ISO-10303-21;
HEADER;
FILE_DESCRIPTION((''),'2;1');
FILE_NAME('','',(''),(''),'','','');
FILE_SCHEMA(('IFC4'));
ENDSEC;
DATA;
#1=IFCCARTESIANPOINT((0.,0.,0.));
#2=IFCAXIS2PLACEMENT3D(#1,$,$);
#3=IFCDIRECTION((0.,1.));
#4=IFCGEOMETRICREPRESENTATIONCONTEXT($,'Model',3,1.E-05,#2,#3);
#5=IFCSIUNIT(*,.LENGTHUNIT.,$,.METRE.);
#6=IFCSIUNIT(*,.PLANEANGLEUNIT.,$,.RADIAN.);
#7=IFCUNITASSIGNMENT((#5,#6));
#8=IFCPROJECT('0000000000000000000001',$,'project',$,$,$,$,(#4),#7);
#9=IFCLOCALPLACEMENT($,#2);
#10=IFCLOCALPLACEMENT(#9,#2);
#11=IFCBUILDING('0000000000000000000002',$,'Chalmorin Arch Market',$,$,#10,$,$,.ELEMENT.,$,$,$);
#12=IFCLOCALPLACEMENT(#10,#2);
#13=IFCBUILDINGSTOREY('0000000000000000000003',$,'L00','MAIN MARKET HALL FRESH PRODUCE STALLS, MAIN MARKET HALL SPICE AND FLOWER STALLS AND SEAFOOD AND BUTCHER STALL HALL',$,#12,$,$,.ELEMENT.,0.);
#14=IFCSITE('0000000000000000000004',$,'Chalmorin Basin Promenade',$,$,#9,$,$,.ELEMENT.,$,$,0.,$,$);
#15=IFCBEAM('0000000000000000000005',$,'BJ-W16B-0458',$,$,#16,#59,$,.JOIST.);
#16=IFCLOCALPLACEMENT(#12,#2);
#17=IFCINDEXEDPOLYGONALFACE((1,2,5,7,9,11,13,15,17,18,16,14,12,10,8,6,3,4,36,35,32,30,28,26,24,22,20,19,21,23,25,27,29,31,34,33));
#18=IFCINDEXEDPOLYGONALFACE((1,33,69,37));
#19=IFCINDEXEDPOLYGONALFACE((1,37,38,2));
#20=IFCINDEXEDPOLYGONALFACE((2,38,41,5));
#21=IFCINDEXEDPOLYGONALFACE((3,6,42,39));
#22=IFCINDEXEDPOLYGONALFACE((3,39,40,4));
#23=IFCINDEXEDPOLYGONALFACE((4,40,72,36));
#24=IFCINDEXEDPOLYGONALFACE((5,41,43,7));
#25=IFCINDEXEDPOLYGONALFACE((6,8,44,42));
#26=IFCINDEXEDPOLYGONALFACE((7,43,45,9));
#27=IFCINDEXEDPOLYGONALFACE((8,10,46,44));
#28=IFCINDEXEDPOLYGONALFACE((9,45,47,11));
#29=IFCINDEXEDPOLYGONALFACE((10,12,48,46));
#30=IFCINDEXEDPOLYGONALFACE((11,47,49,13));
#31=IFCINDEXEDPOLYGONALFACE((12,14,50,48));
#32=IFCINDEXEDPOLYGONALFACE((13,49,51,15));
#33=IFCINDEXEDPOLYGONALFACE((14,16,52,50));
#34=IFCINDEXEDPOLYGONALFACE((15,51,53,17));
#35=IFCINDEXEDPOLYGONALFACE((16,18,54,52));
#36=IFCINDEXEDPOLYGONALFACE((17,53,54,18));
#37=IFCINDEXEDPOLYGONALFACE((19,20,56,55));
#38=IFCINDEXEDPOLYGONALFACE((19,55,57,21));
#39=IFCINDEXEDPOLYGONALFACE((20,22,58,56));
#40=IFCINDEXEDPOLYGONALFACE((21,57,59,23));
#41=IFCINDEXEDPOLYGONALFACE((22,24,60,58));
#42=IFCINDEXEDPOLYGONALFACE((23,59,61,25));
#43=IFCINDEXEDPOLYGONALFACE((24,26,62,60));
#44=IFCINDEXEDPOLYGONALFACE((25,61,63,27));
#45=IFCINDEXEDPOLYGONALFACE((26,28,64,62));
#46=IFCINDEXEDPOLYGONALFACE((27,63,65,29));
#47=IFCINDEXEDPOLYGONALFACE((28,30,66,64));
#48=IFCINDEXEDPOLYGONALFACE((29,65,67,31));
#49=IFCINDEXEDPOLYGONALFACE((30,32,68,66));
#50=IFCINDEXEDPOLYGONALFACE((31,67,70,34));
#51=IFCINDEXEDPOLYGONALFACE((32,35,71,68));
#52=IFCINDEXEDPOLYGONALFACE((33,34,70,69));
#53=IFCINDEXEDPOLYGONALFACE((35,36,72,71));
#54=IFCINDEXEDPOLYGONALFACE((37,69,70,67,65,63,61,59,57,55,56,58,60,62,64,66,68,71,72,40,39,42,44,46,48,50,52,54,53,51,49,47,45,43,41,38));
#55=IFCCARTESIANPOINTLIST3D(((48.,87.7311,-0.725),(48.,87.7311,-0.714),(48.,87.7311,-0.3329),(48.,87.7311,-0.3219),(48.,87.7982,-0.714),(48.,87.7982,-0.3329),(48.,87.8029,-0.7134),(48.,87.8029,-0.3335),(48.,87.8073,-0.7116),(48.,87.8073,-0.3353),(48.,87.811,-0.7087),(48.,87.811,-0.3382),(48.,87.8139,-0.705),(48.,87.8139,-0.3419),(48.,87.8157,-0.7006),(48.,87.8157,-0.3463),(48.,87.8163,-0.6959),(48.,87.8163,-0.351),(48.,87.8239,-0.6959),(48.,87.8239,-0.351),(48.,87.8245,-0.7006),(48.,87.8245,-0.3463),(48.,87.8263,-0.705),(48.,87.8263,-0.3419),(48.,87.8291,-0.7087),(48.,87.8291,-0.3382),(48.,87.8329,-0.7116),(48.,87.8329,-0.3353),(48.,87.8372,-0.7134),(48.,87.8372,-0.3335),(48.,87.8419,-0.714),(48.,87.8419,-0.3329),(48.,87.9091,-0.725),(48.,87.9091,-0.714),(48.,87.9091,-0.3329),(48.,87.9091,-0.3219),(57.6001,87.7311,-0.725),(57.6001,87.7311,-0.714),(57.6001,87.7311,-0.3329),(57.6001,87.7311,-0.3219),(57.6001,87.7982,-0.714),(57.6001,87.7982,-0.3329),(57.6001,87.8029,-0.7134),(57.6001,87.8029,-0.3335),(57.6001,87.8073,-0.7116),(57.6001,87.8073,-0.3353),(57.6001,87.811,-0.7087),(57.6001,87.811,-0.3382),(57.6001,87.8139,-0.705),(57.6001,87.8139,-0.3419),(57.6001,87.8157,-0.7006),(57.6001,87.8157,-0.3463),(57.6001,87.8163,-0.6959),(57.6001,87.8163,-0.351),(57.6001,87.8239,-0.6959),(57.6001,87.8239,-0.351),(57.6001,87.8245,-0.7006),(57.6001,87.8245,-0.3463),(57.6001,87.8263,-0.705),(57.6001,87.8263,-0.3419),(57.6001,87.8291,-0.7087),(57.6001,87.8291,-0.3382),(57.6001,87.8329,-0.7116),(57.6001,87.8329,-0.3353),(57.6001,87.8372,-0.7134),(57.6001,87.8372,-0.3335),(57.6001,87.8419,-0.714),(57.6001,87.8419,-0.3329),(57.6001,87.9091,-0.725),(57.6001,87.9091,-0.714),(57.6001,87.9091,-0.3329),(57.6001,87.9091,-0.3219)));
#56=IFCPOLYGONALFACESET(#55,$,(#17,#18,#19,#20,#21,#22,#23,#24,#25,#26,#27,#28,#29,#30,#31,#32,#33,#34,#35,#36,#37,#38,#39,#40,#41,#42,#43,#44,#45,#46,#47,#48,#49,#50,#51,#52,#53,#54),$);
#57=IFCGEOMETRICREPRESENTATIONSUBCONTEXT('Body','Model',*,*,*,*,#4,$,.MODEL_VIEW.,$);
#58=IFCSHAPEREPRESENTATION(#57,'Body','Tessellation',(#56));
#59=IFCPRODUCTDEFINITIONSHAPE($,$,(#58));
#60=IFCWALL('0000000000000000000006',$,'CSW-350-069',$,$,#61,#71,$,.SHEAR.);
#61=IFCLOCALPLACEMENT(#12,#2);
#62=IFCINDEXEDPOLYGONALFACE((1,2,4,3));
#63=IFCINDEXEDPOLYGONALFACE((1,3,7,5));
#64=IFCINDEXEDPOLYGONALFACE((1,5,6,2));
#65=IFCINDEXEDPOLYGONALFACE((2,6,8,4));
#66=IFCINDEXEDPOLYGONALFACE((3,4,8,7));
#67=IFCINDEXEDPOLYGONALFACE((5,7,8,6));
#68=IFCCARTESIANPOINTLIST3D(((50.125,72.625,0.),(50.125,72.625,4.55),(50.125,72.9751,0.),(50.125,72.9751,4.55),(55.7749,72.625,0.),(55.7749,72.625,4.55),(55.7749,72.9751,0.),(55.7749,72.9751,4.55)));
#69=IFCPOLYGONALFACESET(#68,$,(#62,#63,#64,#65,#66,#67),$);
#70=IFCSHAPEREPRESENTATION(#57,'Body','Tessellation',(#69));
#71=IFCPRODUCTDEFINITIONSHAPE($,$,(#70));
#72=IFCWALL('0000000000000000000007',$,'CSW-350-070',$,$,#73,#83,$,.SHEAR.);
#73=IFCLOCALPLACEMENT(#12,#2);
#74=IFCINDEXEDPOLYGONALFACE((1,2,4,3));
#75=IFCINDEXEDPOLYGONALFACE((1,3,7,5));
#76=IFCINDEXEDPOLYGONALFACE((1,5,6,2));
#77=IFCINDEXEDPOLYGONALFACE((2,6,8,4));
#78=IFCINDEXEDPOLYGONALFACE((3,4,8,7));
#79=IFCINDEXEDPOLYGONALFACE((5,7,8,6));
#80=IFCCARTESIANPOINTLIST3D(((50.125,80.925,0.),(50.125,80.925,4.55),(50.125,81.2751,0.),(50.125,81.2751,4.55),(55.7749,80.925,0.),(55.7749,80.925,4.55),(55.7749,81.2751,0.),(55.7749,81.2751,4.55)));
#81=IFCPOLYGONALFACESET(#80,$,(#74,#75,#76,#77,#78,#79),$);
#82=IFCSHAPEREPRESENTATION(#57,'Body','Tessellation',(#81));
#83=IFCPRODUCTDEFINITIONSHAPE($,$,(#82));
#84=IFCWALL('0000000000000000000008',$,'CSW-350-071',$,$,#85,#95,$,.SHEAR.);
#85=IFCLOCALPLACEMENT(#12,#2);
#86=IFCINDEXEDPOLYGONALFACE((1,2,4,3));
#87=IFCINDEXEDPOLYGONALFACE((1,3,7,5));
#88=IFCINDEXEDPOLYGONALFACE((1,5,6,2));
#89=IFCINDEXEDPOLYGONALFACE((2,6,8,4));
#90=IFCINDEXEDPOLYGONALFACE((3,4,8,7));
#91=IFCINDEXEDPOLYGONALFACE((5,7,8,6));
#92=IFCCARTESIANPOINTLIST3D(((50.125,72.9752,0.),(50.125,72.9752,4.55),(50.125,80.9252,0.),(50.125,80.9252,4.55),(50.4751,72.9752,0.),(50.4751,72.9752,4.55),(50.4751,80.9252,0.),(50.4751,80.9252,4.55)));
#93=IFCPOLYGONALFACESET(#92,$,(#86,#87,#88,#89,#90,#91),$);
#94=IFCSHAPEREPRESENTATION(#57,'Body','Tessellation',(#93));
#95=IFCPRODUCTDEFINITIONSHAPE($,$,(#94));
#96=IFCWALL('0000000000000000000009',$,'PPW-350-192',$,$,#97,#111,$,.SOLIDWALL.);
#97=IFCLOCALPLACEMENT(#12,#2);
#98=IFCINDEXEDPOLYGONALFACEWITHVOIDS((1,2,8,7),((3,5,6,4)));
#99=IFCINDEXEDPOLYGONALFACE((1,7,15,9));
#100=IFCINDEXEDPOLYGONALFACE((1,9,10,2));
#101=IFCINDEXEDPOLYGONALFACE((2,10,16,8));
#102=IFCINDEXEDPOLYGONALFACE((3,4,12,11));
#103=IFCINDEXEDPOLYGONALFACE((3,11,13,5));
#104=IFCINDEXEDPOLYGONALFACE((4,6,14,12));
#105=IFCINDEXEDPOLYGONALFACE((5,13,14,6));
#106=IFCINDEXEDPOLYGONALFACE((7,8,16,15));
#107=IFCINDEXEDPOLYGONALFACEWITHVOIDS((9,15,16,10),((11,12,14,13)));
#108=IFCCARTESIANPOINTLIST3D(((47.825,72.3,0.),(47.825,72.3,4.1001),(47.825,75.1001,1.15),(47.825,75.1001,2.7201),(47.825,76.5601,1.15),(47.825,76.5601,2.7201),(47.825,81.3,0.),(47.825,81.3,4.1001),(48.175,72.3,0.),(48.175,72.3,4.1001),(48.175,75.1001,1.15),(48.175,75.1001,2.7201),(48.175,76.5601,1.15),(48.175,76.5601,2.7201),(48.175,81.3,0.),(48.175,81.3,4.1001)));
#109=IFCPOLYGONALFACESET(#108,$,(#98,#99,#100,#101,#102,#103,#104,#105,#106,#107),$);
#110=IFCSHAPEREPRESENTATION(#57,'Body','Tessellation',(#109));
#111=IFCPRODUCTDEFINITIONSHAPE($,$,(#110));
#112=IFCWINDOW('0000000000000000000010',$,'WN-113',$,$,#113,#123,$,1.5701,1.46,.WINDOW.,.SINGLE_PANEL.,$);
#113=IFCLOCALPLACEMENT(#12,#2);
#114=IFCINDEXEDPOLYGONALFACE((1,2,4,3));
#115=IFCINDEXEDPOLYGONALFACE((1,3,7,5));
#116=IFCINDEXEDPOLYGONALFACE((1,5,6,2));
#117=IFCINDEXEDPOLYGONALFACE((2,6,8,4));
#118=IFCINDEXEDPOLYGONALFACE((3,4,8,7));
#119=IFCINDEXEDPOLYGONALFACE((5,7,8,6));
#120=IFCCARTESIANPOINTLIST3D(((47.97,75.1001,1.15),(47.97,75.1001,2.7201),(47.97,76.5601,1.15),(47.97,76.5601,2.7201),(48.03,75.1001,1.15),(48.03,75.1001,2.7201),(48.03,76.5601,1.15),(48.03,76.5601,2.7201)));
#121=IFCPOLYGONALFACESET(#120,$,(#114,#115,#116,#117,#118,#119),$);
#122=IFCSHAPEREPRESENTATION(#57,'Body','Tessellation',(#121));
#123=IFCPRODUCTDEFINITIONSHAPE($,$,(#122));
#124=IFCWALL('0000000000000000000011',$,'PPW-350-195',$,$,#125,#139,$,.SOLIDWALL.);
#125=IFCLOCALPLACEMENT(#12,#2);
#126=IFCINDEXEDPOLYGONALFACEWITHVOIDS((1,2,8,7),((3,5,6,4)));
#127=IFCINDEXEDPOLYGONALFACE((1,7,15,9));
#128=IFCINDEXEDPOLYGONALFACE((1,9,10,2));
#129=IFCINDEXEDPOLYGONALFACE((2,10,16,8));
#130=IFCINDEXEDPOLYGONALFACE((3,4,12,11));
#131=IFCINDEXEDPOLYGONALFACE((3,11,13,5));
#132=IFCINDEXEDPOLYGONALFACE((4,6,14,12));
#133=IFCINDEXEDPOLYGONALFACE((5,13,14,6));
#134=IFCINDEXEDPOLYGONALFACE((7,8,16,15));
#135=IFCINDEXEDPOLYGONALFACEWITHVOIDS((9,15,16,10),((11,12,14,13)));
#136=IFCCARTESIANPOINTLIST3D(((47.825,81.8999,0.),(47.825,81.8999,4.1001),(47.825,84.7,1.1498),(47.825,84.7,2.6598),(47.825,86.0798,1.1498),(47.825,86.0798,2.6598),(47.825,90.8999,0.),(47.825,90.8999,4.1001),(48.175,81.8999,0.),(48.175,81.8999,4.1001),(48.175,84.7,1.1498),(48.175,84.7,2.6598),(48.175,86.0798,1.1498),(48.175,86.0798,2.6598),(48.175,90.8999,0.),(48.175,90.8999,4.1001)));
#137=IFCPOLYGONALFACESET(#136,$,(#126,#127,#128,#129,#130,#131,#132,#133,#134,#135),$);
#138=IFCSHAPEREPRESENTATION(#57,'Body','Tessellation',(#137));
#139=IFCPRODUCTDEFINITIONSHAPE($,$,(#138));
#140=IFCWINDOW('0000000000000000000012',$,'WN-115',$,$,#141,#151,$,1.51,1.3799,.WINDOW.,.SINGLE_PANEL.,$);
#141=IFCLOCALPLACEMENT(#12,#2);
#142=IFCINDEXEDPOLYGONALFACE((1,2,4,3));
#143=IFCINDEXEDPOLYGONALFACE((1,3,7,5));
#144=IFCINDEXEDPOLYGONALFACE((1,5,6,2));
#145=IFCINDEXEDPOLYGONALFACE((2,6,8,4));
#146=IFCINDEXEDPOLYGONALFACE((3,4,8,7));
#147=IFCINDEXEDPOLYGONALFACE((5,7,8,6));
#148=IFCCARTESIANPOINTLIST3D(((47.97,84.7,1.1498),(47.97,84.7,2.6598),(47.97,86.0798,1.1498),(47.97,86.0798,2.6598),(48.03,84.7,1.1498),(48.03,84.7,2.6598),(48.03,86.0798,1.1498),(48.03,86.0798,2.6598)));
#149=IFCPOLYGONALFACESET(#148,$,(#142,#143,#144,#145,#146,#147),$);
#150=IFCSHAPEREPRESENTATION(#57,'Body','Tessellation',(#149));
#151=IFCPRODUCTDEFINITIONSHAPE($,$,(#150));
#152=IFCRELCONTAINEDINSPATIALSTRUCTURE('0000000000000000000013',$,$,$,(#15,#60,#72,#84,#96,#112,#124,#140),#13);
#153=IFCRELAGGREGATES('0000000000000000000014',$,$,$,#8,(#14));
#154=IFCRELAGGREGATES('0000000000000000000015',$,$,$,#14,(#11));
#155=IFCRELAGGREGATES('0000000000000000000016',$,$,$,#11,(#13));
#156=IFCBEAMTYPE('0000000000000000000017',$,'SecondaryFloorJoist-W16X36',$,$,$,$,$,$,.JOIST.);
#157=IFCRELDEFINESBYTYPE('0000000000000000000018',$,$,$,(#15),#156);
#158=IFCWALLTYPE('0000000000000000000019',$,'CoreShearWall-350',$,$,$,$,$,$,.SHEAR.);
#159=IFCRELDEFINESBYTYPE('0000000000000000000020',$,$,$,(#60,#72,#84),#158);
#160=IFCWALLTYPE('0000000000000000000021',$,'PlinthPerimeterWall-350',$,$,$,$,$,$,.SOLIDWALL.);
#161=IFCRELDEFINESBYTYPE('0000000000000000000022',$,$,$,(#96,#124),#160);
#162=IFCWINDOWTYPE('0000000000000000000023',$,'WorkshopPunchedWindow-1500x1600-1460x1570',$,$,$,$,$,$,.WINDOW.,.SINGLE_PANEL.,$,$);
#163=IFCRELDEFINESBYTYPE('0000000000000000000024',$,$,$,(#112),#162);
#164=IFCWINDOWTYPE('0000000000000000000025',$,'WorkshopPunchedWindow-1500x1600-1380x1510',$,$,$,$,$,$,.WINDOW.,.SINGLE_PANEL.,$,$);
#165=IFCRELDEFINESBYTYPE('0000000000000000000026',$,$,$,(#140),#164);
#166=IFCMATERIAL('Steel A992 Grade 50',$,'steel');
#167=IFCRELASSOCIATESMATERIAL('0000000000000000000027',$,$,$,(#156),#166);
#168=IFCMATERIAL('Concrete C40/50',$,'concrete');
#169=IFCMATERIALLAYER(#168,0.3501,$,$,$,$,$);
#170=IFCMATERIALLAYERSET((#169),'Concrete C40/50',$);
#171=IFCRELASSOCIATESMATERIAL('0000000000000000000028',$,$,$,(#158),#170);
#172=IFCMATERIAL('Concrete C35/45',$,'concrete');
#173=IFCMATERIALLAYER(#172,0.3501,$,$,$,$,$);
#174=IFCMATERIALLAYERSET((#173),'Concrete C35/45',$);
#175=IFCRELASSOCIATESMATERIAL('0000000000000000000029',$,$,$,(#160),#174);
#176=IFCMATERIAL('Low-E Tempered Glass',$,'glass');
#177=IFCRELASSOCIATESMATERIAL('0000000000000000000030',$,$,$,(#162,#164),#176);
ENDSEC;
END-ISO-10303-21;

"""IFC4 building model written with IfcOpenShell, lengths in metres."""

from ifc_helpers import new_model, si_unit, direction, frame, frame_2d, origin, origin_2d, place, context, subcontext, project, spatial, rectangle, i_section, extrude, material, layer, layer_set, material_profile, profile_set, type_object, element, fill, save


model = new_model("IFC4")

# Units and contexts
model_context = context("Model", 3, precision=1e-05, world=origin(), true_north=direction((0.0, 1.0)))
body_context = subcontext(model_context, "Body", "Model", "MODEL_VIEW")
ifc_project = project(units=[si_unit("LENGTHUNIT", "METRE"), si_unit("PLANEANGLEUNIT", "RADIAN")], contexts=[model_context])

# Site, building, storey
site_placement = place(None, origin())
site = spatial("IfcSite", under=ifc_project, at=site_placement, Name="Chalmorin Basin Promenade", CompositionType="ELEMENT", RefElevation=0.0)
building_placement = place(site_placement, origin())
building = spatial("IfcBuilding", under=site, at=building_placement, Name="Chalmorin Arch Market", CompositionType="ELEMENT")
storey_placement = place(building_placement, origin())
storey = spatial("IfcBuildingStorey", under=building, at=storey_placement, Name="L00", Description="MAIN MARKET HALL FRESH PRODUCE STALLS, MAIN MARKET HALL SPICE AND FLOWER STALLS AND SEAFOOD AND BUTCHER STALL HALL", CompositionType="ELEMENT", Elevation=0.0)

# Shared definitions
ifc_material_1 = material(Name="Concrete C40/50", Category="concrete")

# Beam
ifc_material_2 = material(Name="Steel A992 Grade 50", Category="steel")
ifc_material_profile_1 = material_profile(ifc_material_2, i_section(OverallWidth=0.178, OverallDepth=0.4031, WebThickness=0.0076, FlangeThickness=0.011, FilletRadius=0.0181, at=origin_2d()), Name="W16X36")
ifc_profile_set_1 = profile_set([ifc_material_profile_1], Name="Steel A992 Grade 50")
beam_type_1 = type_object("IfcBeamType", Name="SecondaryFloorJoist-W16X36", PredefinedType="JOIST", material=ifc_profile_set_1)
for number, where, z_axis, x_axis, name in (
    (1, (48.0, 87.8201, -0.5234), (1.0, 0.0, 0.0), (0.0, 1.0, 0.0), "BJ-W16B-0458"),
):
    element("IfcBeam", number, at=place(storey_placement, frame(where, z_axis=z_axis, x_axis=x_axis)), inside=storey, type_object=beam_type_1, Name=name, PredefinedType="JOIST", context=body_context, shape_type="SweptSolid", body=[
        extrude(i_section(OverallWidth=0.178, OverallDepth=0.4031, WebThickness=0.0076, FlangeThickness=0.011, FilletRadius=0.0181, at=origin_2d()), origin(), (0.0, 0.0, 1.0), 9.6001),
    ])

# Walls
ifc_layer_1 = layer(ifc_material_1, 0.3501)
ifc_layer_set_1 = layer_set([ifc_layer_1], Name="Concrete C40/50")
wall_type_1 = type_object("IfcWallType", Name="CoreShearWall-350", PredefinedType="SHEAR", material=ifc_layer_set_1)
for number, where, z_axis, x_axis, name in (
    (2, (55.7749, 72.8, 0.0), (0.0, 0.0, 1.0), (-1.0, 0.0, 0.0), "CSW-350-069"),
    (3, (50.125, 81.1001, 0.0), (0.0, 0.0, 1.0), (1.0, 0.0, 0.0), "CSW-350-070"),
):
    element("IfcWall", number, at=place(storey_placement, frame(where, z_axis=z_axis, x_axis=x_axis)), inside=storey, type_object=wall_type_1, Name=name, PredefinedType="SHEAR", context=body_context, shape_type="SweptSolid", body=[
        extrude(rectangle(XDim=5.6499, YDim=0.3501, at=frame_2d((2.825, 0.0))), origin(), (0.0, 0.0, 1.0), 4.55),
    ])
wall_1_placement = place(storey_placement, frame((50.3, 72.9751, 0.0), z_axis=(0.0, 0.0, 1.0), x_axis=(0.0, 1.0, 0.0)))
element("IfcWall", 4, at=wall_1_placement, inside=storey, type_object=wall_type_1, Name="CSW-350-071", PredefinedType="SHEAR", context=body_context, shape_type="SweptSolid", body=[
    extrude(rectangle(XDim=7.95, YDim=0.3501, at=frame_2d((3.9751, 0.0))), origin(), (0.0, 0.0, 1.0), 4.55),
])

# Walls, openings, windows
ifc_material_3 = material(Name="Concrete C35/45", Category="concrete")
ifc_layer_2 = layer(ifc_material_3, 0.3501)
ifc_layer_set_2 = layer_set([ifc_layer_2], Name="Concrete C35/45")
wall_type_2 = type_object("IfcWallType", Name="PlinthPerimeterWall-350", PredefinedType="SOLIDWALL", material=ifc_layer_set_2)
wall_2_placement = place(storey_placement, frame((48.0, 72.3, 0.0), z_axis=(0.0, 0.0, 1.0), x_axis=(0.0, 1.0, 0.0)))
wall_2 = element("IfcWall", 5, at=wall_2_placement, inside=storey, type_object=wall_type_2, Name="PPW-350-192", PredefinedType="SOLIDWALL", context=body_context, shape_type="SweptSolid", body=[
    extrude(rectangle(XDim=9.0, YDim=0.3501, at=frame_2d((4.5, 0.0))), origin(), (0.0, 0.0, 1.0), 4.1001),
])
opening_1_placement = place(wall_2_placement, frame((2.8, 0.0, 1.1499)))
opening_1 = element("IfcOpeningElement", 6, at=opening_1_placement, cuts=wall_2, PredefinedType="OPENING", context=body_context, shape_type="SweptSolid", body=[
    extrude(rectangle(XDim=1.46, YDim=1.5701, at=frame_2d((0.73, 0.7852))), frame((0.0, 0.1851, 0.0), z_axis=(0.0, -1.0, 0.0), x_axis=(1.0, 0.0, 0.0)), (0.0, 0.0, 1.0), 0.3701),
])
ifc_material_4 = material(Name="Low-E Tempered Glass", Category="glass")
window_type_1 = type_object("IfcWindowType", Name="WorkshopPunchedWindow-1500x1600-1460x1570", PartitioningType="SINGLE_PANEL", PredefinedType="WINDOW", material=ifc_material_4)
window_1_placement = place(opening_1_placement, origin())
window_1 = element("IfcWindow", 7, at=window_1_placement, inside=storey, type_object=window_type_1, Name="WN-113", OverallHeight=1.5701, OverallWidth=1.46, PartitioningType="SINGLE_PANEL", PredefinedType="WINDOW", context=body_context, shape_type="SweptSolid", body=[
    extrude(rectangle(XDim=1.46, YDim=1.5701, at=frame_2d((0.73, 0.7852))), frame((0.0, 0.03, 0.0), z_axis=(0.0, -1.0, 0.0), x_axis=(1.0, 0.0, 0.0)), (0.0, 0.0, 1.0), 0.0601),
])
fill(opening_1, window_1)
wall_3_placement = place(storey_placement, frame((48.0, 81.8999, 0.0), z_axis=(0.0, 0.0, 1.0), x_axis=(0.0, 1.0, 0.0)))
wall_3 = element("IfcWall", 8, at=wall_3_placement, inside=storey, type_object=wall_type_2, Name="PPW-350-195", PredefinedType="SOLIDWALL", context=body_context, shape_type="SweptSolid", body=[
    extrude(rectangle(XDim=9.0, YDim=0.3501, at=frame_2d((4.5, 0.0))), origin(), (0.0, 0.0, 1.0), 4.1001),
])
opening_2_placement = place(wall_3_placement, frame((2.8, 0.0, 1.1499)))
opening_2 = element("IfcOpeningElement", 9, at=opening_2_placement, cuts=wall_3, PredefinedType="OPENING", context=body_context, shape_type="SweptSolid", body=[
    extrude(rectangle(XDim=1.3799, YDim=1.51, at=frame_2d((0.6899, 0.7549))), frame((0.0, 0.1851, 0.0), z_axis=(0.0, -1.0, 0.0), x_axis=(1.0, 0.0, 0.0)), (0.0, 0.0, 1.0), 0.3701),
])
window_type_2 = type_object("IfcWindowType", Name="WorkshopPunchedWindow-1500x1600-1380x1510", PartitioningType="SINGLE_PANEL", PredefinedType="WINDOW", material=ifc_material_4)
window_2_placement = place(opening_2_placement, origin())
window_2 = element("IfcWindow", 10, at=window_2_placement, inside=storey, type_object=window_type_2, Name="WN-115", OverallHeight=1.51, OverallWidth=1.3799, PartitioningType="SINGLE_PANEL", PredefinedType="WINDOW", context=body_context, shape_type="SweptSolid", body=[
    extrude(rectangle(XDim=1.3799, YDim=1.51, at=frame_2d((0.6899, 0.7549))), frame((0.0, 0.03, 0.0), z_axis=(0.0, -1.0, 0.0), x_axis=(1.0, 0.0, 0.0)), (0.0, 0.0, 1.0), 0.0601),
])
fill(opening_2, window_2)

save(model, "model.ifc")
